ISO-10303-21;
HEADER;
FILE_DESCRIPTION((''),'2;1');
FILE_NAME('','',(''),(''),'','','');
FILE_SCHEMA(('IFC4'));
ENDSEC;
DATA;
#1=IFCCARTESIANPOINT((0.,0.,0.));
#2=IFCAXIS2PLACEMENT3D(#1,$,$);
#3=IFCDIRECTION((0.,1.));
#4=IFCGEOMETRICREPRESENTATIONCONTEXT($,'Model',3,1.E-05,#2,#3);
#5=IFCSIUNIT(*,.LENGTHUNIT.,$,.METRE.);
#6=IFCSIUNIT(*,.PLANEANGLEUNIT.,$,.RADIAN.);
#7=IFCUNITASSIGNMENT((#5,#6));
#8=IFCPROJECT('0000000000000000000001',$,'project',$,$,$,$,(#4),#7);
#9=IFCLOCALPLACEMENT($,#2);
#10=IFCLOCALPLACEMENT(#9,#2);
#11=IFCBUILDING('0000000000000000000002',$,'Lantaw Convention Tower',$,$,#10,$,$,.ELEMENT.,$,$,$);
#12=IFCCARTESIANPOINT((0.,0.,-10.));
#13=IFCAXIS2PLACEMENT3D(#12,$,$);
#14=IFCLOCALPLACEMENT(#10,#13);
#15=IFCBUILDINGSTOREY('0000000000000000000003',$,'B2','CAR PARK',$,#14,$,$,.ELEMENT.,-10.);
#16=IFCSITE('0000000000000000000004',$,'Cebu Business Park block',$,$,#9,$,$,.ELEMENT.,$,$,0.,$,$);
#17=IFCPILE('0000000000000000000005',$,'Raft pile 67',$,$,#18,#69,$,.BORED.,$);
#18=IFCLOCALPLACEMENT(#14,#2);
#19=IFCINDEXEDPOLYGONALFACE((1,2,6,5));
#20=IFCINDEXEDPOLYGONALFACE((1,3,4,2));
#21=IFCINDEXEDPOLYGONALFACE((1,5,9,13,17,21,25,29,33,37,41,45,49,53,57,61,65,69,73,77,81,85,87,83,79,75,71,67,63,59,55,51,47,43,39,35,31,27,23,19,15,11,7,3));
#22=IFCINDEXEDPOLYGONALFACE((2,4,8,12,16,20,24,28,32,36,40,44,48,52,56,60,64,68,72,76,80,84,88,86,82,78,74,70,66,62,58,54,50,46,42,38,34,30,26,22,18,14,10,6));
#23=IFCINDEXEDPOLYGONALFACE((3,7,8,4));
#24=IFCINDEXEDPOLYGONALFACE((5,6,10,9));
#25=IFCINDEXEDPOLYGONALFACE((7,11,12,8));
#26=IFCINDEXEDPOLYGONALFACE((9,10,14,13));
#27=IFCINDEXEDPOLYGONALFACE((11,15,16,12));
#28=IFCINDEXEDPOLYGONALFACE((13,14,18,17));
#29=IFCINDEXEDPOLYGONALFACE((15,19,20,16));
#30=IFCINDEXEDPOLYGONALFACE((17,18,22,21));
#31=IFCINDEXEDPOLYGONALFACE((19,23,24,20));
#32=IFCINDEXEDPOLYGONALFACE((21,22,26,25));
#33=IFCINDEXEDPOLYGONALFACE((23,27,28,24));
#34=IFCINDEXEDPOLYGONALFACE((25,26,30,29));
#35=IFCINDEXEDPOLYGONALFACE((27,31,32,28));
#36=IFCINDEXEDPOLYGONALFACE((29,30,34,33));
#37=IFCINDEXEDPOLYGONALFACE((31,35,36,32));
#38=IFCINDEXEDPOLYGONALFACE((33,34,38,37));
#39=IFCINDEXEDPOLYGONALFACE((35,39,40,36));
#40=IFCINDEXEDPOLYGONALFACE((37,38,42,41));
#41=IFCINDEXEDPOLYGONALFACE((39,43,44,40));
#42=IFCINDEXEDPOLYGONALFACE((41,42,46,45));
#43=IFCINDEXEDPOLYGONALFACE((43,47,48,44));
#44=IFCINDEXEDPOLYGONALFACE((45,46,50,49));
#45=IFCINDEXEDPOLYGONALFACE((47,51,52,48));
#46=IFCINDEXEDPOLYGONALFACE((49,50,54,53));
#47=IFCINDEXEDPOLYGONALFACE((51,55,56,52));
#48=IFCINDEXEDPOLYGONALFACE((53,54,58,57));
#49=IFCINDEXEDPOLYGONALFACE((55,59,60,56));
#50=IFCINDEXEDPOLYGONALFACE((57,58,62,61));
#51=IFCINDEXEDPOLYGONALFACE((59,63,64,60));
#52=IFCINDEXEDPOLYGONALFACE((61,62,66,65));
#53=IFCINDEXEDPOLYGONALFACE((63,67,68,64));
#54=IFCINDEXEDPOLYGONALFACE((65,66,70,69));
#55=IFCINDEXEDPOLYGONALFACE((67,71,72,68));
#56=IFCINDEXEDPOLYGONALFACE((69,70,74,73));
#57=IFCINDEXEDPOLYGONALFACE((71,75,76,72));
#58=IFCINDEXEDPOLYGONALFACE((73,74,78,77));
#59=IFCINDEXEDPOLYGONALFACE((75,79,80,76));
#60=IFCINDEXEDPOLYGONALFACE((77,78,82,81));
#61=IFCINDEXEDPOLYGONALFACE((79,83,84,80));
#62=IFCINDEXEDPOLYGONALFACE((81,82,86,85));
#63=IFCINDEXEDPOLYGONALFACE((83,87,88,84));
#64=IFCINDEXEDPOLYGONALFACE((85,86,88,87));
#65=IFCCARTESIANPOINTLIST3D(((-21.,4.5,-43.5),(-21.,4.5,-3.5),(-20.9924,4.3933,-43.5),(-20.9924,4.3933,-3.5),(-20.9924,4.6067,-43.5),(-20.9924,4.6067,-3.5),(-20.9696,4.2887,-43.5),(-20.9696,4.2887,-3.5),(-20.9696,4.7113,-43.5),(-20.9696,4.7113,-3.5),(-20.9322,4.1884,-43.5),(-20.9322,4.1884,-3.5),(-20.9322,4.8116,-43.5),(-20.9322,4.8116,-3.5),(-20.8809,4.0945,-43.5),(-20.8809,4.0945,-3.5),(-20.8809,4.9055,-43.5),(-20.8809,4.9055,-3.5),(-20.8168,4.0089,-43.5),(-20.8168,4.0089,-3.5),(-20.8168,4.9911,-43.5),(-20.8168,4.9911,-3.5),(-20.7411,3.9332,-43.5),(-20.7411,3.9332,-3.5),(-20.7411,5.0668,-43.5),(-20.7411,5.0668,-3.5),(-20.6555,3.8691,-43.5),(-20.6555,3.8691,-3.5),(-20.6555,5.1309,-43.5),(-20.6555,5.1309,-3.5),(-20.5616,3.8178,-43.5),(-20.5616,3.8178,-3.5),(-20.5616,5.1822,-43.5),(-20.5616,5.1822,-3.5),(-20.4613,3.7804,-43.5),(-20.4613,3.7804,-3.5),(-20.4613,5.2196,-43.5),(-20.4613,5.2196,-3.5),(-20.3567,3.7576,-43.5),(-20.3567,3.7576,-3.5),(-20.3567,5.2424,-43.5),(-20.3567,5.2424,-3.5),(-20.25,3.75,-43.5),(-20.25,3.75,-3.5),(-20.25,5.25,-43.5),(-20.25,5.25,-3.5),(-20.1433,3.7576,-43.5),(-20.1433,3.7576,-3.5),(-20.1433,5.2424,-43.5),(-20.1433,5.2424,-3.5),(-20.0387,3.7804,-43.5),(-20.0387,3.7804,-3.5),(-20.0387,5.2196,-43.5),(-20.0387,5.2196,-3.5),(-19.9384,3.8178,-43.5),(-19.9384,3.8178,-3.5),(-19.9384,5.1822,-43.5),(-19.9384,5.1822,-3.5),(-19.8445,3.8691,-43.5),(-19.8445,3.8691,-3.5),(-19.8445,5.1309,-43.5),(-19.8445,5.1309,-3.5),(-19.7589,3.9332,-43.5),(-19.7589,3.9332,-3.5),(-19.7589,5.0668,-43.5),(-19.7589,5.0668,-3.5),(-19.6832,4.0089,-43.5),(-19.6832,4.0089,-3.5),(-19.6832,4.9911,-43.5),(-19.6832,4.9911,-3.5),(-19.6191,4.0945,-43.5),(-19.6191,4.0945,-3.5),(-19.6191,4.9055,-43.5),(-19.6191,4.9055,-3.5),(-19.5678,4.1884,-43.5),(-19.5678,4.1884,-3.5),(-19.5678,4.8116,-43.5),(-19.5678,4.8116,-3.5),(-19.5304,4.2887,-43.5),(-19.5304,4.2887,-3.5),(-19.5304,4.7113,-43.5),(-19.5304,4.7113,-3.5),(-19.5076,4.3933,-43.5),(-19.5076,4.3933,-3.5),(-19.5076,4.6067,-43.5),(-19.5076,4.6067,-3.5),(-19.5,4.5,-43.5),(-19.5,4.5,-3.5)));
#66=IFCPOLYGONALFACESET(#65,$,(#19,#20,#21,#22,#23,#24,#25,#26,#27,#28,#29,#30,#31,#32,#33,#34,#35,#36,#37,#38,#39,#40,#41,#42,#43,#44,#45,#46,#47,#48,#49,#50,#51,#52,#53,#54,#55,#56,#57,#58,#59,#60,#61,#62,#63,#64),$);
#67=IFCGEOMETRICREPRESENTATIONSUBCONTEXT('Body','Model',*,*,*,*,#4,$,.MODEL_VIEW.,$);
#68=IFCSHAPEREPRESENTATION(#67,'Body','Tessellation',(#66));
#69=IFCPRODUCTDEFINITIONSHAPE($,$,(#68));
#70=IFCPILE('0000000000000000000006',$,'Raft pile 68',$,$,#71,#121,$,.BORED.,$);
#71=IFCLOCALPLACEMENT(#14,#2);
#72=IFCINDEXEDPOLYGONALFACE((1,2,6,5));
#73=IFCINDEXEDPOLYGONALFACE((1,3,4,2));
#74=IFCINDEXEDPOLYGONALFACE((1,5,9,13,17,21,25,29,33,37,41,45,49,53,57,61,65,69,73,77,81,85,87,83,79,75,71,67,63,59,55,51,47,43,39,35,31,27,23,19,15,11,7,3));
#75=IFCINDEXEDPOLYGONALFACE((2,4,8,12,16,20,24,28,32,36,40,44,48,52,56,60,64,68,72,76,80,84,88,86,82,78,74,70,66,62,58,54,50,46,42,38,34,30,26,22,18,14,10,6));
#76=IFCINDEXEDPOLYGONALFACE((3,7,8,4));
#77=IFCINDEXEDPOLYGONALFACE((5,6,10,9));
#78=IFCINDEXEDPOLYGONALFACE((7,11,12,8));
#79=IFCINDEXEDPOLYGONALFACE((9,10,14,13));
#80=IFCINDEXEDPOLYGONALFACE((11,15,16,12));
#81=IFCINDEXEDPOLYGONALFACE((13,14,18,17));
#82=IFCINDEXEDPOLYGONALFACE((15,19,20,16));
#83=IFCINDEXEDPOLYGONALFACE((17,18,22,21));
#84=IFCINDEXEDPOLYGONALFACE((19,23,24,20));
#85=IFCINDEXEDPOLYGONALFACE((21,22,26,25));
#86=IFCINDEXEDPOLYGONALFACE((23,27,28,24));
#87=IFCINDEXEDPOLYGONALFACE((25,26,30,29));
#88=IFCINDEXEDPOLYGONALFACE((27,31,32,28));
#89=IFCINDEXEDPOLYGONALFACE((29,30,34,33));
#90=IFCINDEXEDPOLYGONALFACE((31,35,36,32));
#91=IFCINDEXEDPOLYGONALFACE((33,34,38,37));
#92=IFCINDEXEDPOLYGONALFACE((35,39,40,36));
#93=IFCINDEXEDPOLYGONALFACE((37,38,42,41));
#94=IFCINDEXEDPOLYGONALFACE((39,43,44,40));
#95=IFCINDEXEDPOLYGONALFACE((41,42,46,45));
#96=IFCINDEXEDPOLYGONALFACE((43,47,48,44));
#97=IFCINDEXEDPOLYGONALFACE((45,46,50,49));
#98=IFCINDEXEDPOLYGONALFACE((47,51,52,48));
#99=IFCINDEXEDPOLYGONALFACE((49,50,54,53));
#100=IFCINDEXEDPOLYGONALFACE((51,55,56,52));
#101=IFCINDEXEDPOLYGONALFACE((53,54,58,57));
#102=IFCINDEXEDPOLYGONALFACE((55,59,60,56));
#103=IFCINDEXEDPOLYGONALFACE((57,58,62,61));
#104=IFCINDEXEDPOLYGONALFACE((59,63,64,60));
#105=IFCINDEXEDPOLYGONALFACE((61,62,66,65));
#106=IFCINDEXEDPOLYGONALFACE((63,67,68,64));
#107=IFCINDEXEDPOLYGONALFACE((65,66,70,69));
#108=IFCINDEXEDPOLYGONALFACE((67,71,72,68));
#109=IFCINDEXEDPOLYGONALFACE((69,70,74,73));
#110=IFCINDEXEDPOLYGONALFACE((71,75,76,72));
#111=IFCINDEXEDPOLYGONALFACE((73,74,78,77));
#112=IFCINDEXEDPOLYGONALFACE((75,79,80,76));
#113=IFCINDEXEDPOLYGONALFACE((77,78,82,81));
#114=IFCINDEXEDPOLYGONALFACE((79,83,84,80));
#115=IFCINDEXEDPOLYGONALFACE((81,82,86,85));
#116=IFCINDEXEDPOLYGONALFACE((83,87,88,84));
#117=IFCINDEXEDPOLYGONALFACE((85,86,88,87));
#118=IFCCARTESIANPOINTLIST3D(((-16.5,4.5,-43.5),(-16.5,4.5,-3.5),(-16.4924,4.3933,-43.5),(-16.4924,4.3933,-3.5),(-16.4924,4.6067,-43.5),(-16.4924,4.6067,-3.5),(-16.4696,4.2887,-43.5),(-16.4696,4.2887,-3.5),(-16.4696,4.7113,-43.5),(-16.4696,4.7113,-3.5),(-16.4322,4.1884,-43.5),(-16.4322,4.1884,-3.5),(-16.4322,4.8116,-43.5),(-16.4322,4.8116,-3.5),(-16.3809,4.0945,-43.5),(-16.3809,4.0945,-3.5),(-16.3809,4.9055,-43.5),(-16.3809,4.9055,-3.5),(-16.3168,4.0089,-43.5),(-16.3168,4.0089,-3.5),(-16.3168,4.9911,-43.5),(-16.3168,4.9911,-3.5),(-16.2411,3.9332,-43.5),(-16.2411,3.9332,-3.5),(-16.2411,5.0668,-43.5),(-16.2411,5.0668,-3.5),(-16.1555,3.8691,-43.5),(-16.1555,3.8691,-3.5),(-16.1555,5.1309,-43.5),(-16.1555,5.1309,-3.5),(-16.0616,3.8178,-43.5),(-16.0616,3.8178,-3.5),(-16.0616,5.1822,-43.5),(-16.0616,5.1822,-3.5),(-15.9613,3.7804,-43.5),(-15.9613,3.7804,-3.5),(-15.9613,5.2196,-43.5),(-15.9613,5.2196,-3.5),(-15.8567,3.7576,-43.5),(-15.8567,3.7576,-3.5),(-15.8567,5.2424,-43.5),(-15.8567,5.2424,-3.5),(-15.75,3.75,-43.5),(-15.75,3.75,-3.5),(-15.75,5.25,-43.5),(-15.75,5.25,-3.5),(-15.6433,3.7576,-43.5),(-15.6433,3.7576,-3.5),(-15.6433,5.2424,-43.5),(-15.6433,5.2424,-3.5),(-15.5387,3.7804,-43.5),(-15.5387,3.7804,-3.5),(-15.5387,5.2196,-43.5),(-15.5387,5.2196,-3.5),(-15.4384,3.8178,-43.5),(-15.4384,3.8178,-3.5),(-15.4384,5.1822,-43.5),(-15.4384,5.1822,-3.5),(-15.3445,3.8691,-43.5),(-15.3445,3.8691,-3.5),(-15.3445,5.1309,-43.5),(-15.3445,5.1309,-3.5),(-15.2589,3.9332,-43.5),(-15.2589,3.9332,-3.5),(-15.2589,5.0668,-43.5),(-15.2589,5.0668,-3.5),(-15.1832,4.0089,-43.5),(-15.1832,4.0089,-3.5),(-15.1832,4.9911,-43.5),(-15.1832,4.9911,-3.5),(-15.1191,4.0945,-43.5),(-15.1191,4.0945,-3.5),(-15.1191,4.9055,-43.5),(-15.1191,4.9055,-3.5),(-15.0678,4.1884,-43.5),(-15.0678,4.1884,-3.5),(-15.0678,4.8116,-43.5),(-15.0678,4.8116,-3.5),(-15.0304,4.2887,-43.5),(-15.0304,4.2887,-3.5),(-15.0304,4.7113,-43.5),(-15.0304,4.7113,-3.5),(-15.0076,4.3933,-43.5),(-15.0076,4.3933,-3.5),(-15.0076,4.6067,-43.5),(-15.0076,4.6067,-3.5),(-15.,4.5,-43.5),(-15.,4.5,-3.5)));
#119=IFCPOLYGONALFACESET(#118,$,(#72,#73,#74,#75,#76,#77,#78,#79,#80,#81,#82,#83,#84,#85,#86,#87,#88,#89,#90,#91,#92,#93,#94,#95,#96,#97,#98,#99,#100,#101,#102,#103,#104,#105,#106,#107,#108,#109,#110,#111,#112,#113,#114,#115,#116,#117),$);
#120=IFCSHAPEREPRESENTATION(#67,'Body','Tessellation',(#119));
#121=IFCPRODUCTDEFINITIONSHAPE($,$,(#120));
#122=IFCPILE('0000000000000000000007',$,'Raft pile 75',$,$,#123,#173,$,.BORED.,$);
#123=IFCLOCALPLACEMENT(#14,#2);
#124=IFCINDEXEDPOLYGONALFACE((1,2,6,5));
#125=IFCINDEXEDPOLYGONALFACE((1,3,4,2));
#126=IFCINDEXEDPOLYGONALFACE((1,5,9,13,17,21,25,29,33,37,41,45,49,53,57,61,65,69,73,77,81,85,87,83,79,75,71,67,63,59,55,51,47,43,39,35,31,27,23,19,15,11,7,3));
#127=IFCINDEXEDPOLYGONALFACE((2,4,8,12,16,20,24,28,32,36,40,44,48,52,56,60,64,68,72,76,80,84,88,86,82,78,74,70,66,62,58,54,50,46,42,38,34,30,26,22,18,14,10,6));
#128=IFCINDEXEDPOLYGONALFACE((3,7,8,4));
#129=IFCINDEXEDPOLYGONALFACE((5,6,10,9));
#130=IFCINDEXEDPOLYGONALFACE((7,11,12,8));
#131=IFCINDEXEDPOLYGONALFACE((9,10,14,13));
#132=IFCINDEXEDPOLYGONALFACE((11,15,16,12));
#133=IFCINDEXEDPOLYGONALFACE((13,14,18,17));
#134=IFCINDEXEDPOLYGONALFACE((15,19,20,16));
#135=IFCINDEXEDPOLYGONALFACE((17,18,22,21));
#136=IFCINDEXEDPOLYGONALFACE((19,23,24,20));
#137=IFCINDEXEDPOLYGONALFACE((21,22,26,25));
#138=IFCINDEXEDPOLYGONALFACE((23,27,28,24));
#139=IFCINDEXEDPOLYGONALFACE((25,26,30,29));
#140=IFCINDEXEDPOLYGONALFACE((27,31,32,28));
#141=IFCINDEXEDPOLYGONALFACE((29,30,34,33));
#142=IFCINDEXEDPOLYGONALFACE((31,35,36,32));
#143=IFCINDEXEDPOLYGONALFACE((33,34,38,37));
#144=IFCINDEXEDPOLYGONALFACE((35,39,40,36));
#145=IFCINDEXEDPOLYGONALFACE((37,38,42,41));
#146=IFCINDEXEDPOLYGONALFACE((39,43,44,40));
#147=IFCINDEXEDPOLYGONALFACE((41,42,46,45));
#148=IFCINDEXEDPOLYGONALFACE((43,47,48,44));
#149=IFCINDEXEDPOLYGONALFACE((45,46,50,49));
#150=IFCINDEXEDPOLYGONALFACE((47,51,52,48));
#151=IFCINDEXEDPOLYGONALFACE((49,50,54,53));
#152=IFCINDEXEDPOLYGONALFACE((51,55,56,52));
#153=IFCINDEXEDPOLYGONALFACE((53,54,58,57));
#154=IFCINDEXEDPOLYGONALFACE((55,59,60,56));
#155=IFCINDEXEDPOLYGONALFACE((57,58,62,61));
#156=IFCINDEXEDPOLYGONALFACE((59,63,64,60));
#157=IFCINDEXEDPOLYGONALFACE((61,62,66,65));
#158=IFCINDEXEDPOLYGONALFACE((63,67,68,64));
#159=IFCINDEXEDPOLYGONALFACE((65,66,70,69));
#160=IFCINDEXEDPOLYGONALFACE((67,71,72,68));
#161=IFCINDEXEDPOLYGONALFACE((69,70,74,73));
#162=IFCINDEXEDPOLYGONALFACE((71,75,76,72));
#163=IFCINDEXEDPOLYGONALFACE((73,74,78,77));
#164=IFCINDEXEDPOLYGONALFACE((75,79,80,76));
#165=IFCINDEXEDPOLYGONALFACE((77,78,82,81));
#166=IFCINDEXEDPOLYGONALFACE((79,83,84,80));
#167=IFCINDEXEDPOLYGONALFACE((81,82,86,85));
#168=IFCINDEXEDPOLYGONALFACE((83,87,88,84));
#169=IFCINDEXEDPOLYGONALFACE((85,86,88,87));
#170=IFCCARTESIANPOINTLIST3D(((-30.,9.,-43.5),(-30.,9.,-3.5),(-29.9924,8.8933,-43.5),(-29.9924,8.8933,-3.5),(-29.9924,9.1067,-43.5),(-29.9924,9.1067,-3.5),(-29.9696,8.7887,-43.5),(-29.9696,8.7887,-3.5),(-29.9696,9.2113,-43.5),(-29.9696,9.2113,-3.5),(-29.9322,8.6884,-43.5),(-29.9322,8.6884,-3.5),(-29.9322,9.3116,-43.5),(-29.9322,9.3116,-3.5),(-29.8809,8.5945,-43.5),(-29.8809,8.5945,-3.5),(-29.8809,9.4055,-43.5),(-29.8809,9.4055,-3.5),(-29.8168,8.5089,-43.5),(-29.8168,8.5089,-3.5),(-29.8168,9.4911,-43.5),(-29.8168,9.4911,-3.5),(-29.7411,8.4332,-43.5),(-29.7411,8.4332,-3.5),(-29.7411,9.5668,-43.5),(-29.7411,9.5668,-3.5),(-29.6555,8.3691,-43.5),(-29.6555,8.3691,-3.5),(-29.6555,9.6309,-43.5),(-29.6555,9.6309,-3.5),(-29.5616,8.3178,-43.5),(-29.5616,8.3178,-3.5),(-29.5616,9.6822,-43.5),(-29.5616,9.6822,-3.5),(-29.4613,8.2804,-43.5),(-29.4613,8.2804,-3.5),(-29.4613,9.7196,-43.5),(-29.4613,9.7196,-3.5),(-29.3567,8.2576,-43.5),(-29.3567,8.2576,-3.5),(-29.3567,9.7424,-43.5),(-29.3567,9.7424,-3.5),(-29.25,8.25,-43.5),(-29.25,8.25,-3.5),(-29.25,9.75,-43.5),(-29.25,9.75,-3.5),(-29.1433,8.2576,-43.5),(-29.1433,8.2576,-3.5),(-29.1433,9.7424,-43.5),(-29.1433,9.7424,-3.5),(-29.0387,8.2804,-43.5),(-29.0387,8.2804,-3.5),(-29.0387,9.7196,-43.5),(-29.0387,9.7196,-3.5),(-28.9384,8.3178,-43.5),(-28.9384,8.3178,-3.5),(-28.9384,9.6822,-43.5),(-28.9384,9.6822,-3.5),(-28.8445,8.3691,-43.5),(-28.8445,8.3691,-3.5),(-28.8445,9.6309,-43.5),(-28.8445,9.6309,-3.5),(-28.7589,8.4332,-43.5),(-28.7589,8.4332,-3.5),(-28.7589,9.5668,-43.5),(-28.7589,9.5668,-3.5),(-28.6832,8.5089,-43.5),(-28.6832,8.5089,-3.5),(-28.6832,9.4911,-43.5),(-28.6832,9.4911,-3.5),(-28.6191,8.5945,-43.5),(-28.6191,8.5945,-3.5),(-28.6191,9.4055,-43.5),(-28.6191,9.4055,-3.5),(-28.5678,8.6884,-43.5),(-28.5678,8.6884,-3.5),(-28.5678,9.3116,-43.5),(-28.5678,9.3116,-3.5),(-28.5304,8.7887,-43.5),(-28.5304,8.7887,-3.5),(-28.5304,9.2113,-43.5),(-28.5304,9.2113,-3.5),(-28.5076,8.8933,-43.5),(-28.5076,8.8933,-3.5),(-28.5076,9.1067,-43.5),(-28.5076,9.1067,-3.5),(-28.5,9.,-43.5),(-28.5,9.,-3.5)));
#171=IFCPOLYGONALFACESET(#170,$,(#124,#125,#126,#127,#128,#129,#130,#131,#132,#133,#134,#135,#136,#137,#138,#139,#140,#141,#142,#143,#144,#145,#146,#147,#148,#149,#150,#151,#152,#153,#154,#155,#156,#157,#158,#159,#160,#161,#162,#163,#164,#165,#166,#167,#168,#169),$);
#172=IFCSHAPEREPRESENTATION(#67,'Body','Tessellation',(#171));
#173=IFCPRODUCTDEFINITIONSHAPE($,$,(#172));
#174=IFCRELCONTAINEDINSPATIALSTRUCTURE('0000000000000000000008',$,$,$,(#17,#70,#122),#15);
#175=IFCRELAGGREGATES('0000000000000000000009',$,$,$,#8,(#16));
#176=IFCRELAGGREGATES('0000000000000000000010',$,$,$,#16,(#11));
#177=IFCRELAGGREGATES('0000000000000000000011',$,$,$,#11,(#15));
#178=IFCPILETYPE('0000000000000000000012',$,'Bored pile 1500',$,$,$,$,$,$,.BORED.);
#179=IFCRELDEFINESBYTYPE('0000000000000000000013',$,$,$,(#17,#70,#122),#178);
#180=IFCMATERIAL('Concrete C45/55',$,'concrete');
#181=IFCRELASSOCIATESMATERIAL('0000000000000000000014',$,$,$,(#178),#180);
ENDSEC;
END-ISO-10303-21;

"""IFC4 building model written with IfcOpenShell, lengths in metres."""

from ifc_helpers import new_model, si_unit, direction, frame, origin, origin_2d, place, context, subcontext, project, spatial, circle, extrude, material, material_profile, profile_set, type_object, element, save


model = new_model("IFC4")

# Units and contexts
model_context = context("Model", 3, precision=1e-05, world=origin(), true_north=direction((0.0, 1.0)))
body_context = subcontext(model_context, "Body", "Model", "MODEL_VIEW")
ifc_project = project(units=[si_unit("LENGTHUNIT", "METRE"), si_unit("PLANEANGLEUNIT", "RADIAN")], contexts=[model_context])

# Site, building, storey
site_placement = place(None, origin())
site = spatial("IfcSite", under=ifc_project, at=site_placement, Name="Cebu Business Park block", CompositionType="ELEMENT", RefElevation=0.0)
building_placement = place(site_placement, origin())
building = spatial("IfcBuilding", under=site, at=building_placement, Name="Lantaw Convention Tower", CompositionType="ELEMENT")
storey_placement = place(building_placement, frame((0.0, 0.0, -10.0)))
storey = spatial("IfcBuildingStorey", under=building, at=storey_placement, Name="B2", Description="CAR PARK", CompositionType="ELEMENT", Elevation=-10.0)

# Piles
ifc_material_1 = material(Name="Concrete C45/55", Category="concrete")
ifc_material_profile_1 = material_profile(ifc_material_1, circle(Radius=0.75, at=origin_2d()), Name="Bored pile 1500")
ifc_profile_set_1 = profile_set([ifc_material_profile_1], Name="Concrete C45/55")
pile_type_1 = type_object("IfcPileType", Name="Bored pile 1500", PredefinedType="BORED", material=ifc_profile_set_1)
for number, where, z_axis, x_axis, name in (
    (1, (-20.25, 4.5, -3.5), (0.0, 0.0, -1.0), (1.0, 0.0, 0.0), "Raft pile 67"),
    (2, (-15.75, 4.5, -3.5), (0.0, 0.0, -1.0), (1.0, 0.0, 0.0), "Raft pile 68"),
    (3, (-29.25, 9.0, -3.5), (0.0, 0.0, -1.0), (1.0, 0.0, 0.0), "Raft pile 75"),
):
    element("IfcPile", number, at=place(storey_placement, frame(where, z_axis=z_axis, x_axis=x_axis)), inside=storey, type_object=pile_type_1, Name=name, PredefinedType="BORED", context=body_context, shape_type="SweptSolid", body=[
        extrude(circle(Radius=0.75, at=origin_2d()), origin(), (0.0, 0.0, 1.0), 40.0),
    ])

save(model, "model.ifc")
